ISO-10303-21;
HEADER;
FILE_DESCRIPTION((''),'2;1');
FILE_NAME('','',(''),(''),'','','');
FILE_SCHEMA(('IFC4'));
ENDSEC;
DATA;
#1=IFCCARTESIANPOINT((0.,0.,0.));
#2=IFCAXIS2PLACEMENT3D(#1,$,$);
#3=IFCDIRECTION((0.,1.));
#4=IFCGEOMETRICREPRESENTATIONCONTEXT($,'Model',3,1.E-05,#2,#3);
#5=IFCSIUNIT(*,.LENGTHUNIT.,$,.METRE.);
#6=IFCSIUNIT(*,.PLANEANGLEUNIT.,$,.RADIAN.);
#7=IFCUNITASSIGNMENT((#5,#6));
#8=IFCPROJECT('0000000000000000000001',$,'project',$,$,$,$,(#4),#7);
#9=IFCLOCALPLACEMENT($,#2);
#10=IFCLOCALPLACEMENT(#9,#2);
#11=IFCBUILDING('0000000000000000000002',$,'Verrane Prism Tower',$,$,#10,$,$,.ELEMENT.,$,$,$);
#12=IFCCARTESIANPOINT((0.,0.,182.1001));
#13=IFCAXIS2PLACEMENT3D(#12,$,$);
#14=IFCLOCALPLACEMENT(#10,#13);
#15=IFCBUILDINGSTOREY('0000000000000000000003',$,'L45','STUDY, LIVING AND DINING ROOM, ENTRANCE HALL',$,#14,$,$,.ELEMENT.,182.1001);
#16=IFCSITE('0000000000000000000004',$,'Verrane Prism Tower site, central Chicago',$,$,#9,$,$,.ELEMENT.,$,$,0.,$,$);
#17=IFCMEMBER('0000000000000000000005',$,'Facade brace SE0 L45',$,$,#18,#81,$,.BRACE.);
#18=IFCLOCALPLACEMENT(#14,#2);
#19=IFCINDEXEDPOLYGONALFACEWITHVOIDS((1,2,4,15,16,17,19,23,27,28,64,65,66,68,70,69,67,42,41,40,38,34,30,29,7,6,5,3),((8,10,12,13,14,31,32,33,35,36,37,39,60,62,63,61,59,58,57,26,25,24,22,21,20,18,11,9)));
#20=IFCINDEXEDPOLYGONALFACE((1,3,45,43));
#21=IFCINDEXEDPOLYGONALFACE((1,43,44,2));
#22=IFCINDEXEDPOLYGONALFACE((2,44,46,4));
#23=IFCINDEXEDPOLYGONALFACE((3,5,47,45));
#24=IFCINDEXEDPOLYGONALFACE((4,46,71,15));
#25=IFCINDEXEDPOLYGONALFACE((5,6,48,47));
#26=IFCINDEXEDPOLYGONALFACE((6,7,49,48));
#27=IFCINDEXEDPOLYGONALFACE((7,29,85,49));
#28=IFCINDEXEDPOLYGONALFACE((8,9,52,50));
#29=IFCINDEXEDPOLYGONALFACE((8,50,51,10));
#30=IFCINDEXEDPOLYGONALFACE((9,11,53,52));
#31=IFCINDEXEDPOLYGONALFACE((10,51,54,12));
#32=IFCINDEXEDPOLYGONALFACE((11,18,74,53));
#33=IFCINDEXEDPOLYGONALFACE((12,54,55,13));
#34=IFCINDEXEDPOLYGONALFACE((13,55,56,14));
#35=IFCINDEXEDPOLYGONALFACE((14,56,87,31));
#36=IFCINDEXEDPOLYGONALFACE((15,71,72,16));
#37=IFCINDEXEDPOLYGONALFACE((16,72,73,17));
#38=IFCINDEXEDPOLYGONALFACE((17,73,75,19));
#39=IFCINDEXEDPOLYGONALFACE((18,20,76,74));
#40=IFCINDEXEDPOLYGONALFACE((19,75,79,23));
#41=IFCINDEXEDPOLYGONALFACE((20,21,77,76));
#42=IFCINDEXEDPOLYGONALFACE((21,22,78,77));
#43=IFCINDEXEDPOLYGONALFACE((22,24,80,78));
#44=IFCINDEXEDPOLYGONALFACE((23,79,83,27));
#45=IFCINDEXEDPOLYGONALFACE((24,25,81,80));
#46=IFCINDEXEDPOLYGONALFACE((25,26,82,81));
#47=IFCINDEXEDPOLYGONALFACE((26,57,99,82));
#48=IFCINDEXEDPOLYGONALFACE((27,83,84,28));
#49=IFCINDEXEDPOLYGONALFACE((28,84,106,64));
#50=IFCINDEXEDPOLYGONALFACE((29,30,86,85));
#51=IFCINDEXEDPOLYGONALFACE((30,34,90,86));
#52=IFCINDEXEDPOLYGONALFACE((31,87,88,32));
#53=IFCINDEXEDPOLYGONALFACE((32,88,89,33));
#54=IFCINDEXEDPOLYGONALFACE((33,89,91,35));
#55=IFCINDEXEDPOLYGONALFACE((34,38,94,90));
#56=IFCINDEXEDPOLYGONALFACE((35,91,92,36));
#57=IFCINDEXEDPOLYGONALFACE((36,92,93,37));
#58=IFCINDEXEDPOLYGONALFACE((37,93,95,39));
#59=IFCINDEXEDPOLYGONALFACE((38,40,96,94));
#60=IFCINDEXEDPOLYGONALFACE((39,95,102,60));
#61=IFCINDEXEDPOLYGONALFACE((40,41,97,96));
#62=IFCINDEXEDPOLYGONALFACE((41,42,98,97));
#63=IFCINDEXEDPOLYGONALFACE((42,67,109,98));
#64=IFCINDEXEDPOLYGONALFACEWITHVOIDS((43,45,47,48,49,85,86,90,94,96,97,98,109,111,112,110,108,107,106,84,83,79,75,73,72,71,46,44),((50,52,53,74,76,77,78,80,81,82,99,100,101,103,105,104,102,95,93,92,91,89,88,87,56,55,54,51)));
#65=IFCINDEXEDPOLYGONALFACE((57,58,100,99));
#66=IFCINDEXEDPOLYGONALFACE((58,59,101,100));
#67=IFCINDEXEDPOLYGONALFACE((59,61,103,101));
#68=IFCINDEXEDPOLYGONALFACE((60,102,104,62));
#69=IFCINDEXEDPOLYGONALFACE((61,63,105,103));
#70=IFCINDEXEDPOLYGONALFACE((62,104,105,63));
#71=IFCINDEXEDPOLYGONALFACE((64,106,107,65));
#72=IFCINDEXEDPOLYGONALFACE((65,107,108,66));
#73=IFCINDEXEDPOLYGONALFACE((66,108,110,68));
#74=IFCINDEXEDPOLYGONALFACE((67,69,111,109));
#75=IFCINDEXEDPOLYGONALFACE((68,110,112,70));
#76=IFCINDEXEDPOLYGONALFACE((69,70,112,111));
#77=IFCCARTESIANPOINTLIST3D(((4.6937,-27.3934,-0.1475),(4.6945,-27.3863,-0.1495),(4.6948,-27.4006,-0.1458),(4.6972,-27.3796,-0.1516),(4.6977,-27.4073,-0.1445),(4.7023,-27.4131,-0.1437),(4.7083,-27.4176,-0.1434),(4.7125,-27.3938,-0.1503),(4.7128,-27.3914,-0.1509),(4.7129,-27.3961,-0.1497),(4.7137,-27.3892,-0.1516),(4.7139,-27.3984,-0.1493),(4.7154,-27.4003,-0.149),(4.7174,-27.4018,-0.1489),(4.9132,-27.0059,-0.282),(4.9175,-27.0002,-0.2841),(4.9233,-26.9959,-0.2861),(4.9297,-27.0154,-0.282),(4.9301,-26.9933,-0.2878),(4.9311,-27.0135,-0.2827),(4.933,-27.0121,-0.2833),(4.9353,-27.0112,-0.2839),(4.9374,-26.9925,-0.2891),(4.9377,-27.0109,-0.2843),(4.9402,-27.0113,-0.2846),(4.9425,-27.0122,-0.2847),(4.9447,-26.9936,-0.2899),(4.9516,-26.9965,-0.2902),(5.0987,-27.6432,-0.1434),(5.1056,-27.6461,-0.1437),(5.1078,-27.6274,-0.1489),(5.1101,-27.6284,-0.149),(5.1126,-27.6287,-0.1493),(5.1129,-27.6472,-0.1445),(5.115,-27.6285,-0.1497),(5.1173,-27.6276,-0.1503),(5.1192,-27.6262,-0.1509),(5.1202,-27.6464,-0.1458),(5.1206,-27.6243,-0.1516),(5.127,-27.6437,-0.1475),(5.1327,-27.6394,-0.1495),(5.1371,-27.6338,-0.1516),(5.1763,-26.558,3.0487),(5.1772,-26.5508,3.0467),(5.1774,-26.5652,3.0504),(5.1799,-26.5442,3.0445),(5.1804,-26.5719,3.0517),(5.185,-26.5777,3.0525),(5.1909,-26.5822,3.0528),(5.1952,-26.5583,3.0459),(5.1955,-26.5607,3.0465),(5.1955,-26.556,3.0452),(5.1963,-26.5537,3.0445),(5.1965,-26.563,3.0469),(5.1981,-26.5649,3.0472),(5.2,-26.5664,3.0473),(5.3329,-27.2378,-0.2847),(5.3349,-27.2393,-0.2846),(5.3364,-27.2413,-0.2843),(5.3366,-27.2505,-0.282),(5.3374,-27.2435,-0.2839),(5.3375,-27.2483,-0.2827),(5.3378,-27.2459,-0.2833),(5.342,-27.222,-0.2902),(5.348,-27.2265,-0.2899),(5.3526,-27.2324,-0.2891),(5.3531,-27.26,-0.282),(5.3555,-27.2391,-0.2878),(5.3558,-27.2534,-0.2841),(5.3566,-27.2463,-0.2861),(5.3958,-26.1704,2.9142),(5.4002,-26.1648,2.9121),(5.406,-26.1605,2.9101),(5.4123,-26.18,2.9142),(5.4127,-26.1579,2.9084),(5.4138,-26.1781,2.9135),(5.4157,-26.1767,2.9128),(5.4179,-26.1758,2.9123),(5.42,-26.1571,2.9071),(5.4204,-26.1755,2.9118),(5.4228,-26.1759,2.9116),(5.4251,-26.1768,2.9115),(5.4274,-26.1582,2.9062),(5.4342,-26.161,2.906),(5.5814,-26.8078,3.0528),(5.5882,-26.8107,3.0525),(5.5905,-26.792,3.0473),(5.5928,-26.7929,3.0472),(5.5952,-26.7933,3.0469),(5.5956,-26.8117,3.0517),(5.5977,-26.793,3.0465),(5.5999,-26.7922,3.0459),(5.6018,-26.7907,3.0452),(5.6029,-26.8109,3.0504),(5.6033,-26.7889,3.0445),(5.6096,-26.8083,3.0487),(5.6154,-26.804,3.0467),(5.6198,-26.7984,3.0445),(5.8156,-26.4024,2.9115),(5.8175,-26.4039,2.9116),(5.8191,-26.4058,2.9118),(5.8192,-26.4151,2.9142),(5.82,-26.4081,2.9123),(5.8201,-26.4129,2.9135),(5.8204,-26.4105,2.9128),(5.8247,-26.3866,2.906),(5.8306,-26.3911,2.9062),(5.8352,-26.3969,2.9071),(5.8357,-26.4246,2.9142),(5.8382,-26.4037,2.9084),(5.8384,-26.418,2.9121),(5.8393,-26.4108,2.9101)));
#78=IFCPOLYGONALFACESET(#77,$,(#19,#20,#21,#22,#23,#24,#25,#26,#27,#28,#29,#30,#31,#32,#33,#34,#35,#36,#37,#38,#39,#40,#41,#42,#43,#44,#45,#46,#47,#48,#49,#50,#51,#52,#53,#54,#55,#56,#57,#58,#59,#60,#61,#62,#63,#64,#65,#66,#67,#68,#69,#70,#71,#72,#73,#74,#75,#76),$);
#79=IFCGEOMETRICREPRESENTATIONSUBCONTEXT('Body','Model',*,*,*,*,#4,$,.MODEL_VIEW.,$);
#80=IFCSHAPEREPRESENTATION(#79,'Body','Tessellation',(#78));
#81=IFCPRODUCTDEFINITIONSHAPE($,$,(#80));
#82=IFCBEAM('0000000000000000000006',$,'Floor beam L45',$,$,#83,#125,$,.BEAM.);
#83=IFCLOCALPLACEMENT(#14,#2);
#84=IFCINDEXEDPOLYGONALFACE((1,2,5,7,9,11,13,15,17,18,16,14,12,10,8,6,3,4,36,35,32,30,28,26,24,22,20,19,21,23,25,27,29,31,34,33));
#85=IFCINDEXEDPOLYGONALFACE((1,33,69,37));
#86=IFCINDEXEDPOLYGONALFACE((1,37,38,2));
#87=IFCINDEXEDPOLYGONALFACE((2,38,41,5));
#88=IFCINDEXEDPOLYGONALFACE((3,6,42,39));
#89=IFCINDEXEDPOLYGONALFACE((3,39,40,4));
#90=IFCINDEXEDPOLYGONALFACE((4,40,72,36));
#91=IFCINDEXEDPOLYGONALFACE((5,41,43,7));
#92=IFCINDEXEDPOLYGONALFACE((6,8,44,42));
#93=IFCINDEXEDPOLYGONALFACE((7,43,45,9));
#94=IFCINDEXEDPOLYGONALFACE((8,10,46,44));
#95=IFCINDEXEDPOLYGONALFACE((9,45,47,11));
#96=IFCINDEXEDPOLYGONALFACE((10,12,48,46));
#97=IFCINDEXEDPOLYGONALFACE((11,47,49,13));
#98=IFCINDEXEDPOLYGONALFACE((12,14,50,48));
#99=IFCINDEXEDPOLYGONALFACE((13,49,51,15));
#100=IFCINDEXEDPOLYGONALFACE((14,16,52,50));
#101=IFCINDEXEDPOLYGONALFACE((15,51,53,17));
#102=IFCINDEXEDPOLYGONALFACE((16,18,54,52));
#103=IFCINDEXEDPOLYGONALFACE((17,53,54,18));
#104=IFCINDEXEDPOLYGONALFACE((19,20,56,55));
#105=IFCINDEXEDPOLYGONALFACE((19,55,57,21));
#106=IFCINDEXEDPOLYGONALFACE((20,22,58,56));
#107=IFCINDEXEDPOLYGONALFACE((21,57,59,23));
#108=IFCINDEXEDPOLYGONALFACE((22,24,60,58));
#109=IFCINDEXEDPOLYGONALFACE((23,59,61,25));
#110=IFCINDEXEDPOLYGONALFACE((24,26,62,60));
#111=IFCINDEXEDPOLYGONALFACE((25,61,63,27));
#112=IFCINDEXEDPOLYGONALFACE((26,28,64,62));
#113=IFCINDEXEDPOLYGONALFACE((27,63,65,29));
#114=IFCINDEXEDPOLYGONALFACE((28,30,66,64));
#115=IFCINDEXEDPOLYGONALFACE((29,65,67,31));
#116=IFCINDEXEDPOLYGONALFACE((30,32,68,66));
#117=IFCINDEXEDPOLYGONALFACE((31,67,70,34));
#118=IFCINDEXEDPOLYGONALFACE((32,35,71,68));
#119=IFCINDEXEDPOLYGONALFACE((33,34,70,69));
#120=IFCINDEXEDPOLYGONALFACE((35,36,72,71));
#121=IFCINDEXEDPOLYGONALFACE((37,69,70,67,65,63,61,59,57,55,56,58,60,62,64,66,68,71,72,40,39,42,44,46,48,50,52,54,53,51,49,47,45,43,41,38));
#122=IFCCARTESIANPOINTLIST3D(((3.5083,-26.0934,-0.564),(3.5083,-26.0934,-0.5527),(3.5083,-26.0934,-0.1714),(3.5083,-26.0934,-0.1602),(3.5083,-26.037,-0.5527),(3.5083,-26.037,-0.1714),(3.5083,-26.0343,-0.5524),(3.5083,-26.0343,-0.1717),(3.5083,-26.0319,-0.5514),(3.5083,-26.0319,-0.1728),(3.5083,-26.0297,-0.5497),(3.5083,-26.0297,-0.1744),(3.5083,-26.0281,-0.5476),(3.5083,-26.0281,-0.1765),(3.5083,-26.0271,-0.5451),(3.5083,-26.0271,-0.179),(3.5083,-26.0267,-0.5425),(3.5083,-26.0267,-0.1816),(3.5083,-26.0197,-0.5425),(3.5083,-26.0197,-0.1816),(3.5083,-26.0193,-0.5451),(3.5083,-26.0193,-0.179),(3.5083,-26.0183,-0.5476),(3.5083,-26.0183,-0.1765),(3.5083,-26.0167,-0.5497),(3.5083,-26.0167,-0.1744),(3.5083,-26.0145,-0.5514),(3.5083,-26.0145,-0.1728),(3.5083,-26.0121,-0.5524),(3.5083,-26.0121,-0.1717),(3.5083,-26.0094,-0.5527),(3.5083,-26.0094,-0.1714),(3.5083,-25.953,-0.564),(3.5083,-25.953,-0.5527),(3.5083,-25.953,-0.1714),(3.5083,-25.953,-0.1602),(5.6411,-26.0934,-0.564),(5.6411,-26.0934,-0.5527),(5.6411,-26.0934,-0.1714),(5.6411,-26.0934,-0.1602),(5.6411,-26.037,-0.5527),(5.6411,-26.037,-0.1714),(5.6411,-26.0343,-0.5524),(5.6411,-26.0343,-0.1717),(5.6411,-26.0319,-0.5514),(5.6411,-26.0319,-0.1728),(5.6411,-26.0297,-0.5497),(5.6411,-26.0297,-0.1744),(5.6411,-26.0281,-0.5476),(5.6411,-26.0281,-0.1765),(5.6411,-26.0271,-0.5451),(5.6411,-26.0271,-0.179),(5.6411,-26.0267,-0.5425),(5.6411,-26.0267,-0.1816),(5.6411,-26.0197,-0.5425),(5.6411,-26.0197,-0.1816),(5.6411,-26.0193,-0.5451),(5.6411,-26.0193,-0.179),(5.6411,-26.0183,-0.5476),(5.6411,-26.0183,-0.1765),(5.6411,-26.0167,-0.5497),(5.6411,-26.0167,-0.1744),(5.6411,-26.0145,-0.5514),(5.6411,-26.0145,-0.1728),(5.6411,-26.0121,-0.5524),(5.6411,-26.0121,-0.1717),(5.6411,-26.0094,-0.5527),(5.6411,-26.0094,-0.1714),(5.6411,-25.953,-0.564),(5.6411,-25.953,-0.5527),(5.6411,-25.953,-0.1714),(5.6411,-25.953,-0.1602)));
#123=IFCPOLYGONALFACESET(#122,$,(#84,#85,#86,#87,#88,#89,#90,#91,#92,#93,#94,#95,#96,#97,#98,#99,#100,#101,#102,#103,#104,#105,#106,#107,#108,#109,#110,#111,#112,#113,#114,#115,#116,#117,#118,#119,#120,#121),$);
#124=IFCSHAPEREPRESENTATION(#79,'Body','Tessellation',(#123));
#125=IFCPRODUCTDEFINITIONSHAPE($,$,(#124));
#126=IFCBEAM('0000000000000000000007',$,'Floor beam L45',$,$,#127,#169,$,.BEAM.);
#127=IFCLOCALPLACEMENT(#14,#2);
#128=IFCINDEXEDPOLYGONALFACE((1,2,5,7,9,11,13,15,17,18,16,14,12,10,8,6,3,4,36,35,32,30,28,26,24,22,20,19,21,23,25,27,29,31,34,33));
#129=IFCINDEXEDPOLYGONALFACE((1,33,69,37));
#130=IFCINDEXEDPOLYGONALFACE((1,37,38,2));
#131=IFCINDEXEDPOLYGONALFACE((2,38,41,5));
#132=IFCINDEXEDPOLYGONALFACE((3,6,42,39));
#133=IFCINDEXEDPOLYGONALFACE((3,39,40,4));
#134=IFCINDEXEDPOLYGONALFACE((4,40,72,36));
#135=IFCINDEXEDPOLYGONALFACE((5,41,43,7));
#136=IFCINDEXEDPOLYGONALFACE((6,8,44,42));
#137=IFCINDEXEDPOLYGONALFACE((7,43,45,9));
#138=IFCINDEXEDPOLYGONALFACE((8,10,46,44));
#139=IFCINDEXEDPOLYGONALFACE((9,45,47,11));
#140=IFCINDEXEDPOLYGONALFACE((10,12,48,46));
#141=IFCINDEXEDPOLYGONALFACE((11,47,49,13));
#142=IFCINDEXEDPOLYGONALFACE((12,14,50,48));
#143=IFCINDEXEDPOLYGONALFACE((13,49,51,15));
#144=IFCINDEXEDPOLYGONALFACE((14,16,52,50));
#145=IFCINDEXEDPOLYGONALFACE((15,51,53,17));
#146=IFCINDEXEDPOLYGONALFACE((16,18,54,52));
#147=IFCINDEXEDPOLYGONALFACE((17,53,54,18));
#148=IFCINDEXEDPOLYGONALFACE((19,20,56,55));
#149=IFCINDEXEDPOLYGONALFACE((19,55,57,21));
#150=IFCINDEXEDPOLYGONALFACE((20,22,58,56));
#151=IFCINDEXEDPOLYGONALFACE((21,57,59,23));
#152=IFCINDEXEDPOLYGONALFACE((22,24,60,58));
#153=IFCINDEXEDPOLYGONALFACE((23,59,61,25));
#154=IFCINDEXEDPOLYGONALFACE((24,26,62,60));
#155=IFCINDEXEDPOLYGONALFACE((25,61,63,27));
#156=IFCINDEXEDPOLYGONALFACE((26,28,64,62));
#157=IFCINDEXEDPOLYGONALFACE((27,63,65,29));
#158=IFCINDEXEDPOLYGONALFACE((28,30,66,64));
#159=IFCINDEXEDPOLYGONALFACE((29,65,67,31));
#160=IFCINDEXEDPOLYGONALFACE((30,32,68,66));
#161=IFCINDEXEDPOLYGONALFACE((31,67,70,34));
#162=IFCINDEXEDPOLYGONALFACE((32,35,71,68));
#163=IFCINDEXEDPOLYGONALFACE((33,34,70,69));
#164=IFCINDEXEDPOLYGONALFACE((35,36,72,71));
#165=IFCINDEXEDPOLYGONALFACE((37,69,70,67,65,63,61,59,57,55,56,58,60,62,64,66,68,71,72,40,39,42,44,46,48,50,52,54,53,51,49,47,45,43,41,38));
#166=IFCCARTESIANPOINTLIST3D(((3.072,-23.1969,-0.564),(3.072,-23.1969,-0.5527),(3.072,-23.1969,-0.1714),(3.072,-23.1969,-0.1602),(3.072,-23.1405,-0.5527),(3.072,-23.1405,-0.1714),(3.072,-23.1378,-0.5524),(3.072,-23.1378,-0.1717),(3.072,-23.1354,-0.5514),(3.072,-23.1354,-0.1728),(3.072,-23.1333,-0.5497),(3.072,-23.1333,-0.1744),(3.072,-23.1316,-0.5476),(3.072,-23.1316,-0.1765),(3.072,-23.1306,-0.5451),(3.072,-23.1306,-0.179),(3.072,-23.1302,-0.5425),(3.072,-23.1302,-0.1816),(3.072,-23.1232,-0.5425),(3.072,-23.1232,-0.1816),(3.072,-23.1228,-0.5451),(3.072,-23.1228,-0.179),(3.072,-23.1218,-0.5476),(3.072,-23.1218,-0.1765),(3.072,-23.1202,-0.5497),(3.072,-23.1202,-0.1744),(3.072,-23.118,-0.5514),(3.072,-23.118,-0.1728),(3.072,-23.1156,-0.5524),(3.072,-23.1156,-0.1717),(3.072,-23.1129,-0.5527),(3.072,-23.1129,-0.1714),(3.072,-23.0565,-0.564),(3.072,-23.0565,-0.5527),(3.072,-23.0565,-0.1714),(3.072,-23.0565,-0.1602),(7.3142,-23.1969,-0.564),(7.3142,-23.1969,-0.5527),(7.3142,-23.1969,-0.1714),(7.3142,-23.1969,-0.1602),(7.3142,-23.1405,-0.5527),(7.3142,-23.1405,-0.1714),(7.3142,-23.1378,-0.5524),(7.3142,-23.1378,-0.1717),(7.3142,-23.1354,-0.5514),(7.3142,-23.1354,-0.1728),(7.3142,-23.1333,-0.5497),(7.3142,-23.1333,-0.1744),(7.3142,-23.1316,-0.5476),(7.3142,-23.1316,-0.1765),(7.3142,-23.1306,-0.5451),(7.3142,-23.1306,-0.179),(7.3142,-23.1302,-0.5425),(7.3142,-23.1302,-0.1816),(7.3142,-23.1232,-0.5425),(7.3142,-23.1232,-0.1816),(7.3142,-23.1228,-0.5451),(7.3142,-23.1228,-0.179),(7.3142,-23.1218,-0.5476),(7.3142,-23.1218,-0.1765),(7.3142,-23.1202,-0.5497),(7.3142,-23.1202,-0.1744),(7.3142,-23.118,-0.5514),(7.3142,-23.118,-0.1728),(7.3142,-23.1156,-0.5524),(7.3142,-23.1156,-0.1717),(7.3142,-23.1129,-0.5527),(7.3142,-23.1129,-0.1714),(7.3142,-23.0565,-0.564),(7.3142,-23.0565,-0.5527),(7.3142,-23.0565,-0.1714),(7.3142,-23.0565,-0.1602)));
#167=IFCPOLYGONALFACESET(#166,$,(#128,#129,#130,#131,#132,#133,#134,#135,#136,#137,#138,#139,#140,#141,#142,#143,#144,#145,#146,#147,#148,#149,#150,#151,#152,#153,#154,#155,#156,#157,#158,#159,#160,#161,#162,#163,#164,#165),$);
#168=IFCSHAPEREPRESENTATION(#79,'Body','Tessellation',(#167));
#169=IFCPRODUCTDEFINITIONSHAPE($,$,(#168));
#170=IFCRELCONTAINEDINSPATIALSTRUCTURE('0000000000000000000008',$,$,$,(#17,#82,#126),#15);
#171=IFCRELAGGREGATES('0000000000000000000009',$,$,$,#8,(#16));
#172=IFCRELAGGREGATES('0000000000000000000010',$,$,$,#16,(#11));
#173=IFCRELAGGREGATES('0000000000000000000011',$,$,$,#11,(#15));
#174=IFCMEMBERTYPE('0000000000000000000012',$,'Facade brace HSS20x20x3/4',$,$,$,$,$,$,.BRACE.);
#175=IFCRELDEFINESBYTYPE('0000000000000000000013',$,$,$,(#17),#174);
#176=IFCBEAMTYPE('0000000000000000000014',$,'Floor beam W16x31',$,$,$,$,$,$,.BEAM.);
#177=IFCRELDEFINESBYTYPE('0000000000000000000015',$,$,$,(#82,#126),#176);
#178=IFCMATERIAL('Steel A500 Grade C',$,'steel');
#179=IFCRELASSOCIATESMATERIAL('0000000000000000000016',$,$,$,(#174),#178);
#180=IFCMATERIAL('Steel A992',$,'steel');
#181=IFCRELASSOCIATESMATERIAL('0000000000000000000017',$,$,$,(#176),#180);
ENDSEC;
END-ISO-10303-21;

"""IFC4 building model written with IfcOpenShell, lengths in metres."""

from ifc_helpers import new_model, si_unit, direction, frame, origin, origin_2d, place, context, subcontext, project, spatial, hollow_rectangle, i_section, extrude, material, material_profile, profile_set, type_object, element, save


model = new_model("IFC4")

# Units and contexts
model_context = context("Model", 3, precision=1e-05, world=origin(), true_north=direction((0.0, 1.0)))
body_context = subcontext(model_context, "Body", "Model", "MODEL_VIEW")
ifc_project = project(units=[si_unit("LENGTHUNIT", "METRE"), si_unit("PLANEANGLEUNIT", "RADIAN")], contexts=[model_context])

# Site, building, storey
site_placement = place(None, origin())
site = spatial("IfcSite", under=ifc_project, at=site_placement, Name="Verrane Prism Tower site, central Chicago", CompositionType="ELEMENT", RefElevation=0.0)
building_placement = place(site_placement, origin())
building = spatial("IfcBuilding", under=site, at=building_placement, Name="Verrane Prism Tower", CompositionType="ELEMENT")
storey_placement = place(building_placement, frame((0.0, 0.0, 182.1001)))
storey = spatial("IfcBuildingStorey", under=building, at=storey_placement, Name="L45", Description="STUDY, LIVING AND DINING ROOM, ENTRANCE HALL", CompositionType="ELEMENT", Elevation=182.1001)

# Member
ifc_material_1 = material(Name="Steel A500 Grade C", Category="steel")
ifc_material_profile_1 = material_profile(ifc_material_1, hollow_rectangle(XDim=0.5081, YDim=0.5081, WallThickness=0.019, InnerFilletRadius=0.0095, OuterFilletRadius=0.0286, at=origin_2d()), Name="HSS20x20x3/4")
ifc_profile_set_1 = profile_set([ifc_material_profile_1], Name="Steel A500 Grade C")
member_type_1 = type_object("IfcMemberType", Name="Facade brace HSS20x20x3/4", PredefinedType="BRACE", material=ifc_profile_set_1)
member_1_placement = place(storey_placement, frame((5.0251, -27.3198, -0.2168), z_axis=(0.144565, 0.250229, 0.957333), x_axis=(-0.865882, 0.500248, 0.0)))
element("IfcMember", 1, at=member_1_placement, inside=storey, type_object=member_type_1, Name="Facade brace SE0 L45", PredefinedType="BRACE", context=body_context, shape_type="SweptSolid", body=[
    extrude(hollow_rectangle(XDim=0.5081, YDim=0.5081, WallThickness=0.019, InnerFilletRadius=0.0095, OuterFilletRadius=0.0286, at=origin_2d()), origin(), (0.0, 0.0, 1.0), 3.3386),
])

# Beams
ifc_material_2 = material(Name="Steel A992", Category="steel")
ifc_material_profile_2 = material_profile(ifc_material_2, i_section(OverallWidth=0.1404, OverallDepth=0.4038, WebThickness=0.0071, FlangeThickness=0.0112, FilletRadius=0.0103, at=origin_2d()), Name="W16x31")
ifc_profile_set_2 = profile_set([ifc_material_profile_2], Name="Steel A992")
beam_type_1 = type_object("IfcBeamType", Name="Floor beam W16x31", PredefinedType="BEAM", material=ifc_profile_set_2)
beam_1_placement = place(storey_placement, frame((3.5083, -26.0232, -0.3621), z_axis=(1.0, 0.0, 0.0), x_axis=(0.0, 1.0, 0.0)))
element("IfcBeam", 2, at=beam_1_placement, inside=storey, type_object=beam_type_1, Name="Floor beam L45", PredefinedType="BEAM", context=body_context, shape_type="SweptSolid", body=[
    extrude(i_section(OverallWidth=0.1404, OverallDepth=0.4038, WebThickness=0.0071, FlangeThickness=0.0112, FilletRadius=0.0103, at=origin_2d()), origin(), (0.0, 0.0, 1.0), 2.1328),
])
beam_2_placement = place(storey_placement, frame((3.072, -23.1267, -0.3621), z_axis=(1.0, 0.0, 0.0), x_axis=(0.0, 1.0, 0.0)))
element("IfcBeam", 3, at=beam_2_placement, inside=storey, type_object=beam_type_1, Name="Floor beam L45", PredefinedType="BEAM", context=body_context, shape_type="SweptSolid", body=[
    extrude(i_section(OverallWidth=0.1404, OverallDepth=0.4038, WebThickness=0.0071, FlangeThickness=0.0112, FilletRadius=0.0103, at=origin_2d()), origin(), (0.0, 0.0, 1.0), 4.2422),
])

save(model, "model.ifc")
